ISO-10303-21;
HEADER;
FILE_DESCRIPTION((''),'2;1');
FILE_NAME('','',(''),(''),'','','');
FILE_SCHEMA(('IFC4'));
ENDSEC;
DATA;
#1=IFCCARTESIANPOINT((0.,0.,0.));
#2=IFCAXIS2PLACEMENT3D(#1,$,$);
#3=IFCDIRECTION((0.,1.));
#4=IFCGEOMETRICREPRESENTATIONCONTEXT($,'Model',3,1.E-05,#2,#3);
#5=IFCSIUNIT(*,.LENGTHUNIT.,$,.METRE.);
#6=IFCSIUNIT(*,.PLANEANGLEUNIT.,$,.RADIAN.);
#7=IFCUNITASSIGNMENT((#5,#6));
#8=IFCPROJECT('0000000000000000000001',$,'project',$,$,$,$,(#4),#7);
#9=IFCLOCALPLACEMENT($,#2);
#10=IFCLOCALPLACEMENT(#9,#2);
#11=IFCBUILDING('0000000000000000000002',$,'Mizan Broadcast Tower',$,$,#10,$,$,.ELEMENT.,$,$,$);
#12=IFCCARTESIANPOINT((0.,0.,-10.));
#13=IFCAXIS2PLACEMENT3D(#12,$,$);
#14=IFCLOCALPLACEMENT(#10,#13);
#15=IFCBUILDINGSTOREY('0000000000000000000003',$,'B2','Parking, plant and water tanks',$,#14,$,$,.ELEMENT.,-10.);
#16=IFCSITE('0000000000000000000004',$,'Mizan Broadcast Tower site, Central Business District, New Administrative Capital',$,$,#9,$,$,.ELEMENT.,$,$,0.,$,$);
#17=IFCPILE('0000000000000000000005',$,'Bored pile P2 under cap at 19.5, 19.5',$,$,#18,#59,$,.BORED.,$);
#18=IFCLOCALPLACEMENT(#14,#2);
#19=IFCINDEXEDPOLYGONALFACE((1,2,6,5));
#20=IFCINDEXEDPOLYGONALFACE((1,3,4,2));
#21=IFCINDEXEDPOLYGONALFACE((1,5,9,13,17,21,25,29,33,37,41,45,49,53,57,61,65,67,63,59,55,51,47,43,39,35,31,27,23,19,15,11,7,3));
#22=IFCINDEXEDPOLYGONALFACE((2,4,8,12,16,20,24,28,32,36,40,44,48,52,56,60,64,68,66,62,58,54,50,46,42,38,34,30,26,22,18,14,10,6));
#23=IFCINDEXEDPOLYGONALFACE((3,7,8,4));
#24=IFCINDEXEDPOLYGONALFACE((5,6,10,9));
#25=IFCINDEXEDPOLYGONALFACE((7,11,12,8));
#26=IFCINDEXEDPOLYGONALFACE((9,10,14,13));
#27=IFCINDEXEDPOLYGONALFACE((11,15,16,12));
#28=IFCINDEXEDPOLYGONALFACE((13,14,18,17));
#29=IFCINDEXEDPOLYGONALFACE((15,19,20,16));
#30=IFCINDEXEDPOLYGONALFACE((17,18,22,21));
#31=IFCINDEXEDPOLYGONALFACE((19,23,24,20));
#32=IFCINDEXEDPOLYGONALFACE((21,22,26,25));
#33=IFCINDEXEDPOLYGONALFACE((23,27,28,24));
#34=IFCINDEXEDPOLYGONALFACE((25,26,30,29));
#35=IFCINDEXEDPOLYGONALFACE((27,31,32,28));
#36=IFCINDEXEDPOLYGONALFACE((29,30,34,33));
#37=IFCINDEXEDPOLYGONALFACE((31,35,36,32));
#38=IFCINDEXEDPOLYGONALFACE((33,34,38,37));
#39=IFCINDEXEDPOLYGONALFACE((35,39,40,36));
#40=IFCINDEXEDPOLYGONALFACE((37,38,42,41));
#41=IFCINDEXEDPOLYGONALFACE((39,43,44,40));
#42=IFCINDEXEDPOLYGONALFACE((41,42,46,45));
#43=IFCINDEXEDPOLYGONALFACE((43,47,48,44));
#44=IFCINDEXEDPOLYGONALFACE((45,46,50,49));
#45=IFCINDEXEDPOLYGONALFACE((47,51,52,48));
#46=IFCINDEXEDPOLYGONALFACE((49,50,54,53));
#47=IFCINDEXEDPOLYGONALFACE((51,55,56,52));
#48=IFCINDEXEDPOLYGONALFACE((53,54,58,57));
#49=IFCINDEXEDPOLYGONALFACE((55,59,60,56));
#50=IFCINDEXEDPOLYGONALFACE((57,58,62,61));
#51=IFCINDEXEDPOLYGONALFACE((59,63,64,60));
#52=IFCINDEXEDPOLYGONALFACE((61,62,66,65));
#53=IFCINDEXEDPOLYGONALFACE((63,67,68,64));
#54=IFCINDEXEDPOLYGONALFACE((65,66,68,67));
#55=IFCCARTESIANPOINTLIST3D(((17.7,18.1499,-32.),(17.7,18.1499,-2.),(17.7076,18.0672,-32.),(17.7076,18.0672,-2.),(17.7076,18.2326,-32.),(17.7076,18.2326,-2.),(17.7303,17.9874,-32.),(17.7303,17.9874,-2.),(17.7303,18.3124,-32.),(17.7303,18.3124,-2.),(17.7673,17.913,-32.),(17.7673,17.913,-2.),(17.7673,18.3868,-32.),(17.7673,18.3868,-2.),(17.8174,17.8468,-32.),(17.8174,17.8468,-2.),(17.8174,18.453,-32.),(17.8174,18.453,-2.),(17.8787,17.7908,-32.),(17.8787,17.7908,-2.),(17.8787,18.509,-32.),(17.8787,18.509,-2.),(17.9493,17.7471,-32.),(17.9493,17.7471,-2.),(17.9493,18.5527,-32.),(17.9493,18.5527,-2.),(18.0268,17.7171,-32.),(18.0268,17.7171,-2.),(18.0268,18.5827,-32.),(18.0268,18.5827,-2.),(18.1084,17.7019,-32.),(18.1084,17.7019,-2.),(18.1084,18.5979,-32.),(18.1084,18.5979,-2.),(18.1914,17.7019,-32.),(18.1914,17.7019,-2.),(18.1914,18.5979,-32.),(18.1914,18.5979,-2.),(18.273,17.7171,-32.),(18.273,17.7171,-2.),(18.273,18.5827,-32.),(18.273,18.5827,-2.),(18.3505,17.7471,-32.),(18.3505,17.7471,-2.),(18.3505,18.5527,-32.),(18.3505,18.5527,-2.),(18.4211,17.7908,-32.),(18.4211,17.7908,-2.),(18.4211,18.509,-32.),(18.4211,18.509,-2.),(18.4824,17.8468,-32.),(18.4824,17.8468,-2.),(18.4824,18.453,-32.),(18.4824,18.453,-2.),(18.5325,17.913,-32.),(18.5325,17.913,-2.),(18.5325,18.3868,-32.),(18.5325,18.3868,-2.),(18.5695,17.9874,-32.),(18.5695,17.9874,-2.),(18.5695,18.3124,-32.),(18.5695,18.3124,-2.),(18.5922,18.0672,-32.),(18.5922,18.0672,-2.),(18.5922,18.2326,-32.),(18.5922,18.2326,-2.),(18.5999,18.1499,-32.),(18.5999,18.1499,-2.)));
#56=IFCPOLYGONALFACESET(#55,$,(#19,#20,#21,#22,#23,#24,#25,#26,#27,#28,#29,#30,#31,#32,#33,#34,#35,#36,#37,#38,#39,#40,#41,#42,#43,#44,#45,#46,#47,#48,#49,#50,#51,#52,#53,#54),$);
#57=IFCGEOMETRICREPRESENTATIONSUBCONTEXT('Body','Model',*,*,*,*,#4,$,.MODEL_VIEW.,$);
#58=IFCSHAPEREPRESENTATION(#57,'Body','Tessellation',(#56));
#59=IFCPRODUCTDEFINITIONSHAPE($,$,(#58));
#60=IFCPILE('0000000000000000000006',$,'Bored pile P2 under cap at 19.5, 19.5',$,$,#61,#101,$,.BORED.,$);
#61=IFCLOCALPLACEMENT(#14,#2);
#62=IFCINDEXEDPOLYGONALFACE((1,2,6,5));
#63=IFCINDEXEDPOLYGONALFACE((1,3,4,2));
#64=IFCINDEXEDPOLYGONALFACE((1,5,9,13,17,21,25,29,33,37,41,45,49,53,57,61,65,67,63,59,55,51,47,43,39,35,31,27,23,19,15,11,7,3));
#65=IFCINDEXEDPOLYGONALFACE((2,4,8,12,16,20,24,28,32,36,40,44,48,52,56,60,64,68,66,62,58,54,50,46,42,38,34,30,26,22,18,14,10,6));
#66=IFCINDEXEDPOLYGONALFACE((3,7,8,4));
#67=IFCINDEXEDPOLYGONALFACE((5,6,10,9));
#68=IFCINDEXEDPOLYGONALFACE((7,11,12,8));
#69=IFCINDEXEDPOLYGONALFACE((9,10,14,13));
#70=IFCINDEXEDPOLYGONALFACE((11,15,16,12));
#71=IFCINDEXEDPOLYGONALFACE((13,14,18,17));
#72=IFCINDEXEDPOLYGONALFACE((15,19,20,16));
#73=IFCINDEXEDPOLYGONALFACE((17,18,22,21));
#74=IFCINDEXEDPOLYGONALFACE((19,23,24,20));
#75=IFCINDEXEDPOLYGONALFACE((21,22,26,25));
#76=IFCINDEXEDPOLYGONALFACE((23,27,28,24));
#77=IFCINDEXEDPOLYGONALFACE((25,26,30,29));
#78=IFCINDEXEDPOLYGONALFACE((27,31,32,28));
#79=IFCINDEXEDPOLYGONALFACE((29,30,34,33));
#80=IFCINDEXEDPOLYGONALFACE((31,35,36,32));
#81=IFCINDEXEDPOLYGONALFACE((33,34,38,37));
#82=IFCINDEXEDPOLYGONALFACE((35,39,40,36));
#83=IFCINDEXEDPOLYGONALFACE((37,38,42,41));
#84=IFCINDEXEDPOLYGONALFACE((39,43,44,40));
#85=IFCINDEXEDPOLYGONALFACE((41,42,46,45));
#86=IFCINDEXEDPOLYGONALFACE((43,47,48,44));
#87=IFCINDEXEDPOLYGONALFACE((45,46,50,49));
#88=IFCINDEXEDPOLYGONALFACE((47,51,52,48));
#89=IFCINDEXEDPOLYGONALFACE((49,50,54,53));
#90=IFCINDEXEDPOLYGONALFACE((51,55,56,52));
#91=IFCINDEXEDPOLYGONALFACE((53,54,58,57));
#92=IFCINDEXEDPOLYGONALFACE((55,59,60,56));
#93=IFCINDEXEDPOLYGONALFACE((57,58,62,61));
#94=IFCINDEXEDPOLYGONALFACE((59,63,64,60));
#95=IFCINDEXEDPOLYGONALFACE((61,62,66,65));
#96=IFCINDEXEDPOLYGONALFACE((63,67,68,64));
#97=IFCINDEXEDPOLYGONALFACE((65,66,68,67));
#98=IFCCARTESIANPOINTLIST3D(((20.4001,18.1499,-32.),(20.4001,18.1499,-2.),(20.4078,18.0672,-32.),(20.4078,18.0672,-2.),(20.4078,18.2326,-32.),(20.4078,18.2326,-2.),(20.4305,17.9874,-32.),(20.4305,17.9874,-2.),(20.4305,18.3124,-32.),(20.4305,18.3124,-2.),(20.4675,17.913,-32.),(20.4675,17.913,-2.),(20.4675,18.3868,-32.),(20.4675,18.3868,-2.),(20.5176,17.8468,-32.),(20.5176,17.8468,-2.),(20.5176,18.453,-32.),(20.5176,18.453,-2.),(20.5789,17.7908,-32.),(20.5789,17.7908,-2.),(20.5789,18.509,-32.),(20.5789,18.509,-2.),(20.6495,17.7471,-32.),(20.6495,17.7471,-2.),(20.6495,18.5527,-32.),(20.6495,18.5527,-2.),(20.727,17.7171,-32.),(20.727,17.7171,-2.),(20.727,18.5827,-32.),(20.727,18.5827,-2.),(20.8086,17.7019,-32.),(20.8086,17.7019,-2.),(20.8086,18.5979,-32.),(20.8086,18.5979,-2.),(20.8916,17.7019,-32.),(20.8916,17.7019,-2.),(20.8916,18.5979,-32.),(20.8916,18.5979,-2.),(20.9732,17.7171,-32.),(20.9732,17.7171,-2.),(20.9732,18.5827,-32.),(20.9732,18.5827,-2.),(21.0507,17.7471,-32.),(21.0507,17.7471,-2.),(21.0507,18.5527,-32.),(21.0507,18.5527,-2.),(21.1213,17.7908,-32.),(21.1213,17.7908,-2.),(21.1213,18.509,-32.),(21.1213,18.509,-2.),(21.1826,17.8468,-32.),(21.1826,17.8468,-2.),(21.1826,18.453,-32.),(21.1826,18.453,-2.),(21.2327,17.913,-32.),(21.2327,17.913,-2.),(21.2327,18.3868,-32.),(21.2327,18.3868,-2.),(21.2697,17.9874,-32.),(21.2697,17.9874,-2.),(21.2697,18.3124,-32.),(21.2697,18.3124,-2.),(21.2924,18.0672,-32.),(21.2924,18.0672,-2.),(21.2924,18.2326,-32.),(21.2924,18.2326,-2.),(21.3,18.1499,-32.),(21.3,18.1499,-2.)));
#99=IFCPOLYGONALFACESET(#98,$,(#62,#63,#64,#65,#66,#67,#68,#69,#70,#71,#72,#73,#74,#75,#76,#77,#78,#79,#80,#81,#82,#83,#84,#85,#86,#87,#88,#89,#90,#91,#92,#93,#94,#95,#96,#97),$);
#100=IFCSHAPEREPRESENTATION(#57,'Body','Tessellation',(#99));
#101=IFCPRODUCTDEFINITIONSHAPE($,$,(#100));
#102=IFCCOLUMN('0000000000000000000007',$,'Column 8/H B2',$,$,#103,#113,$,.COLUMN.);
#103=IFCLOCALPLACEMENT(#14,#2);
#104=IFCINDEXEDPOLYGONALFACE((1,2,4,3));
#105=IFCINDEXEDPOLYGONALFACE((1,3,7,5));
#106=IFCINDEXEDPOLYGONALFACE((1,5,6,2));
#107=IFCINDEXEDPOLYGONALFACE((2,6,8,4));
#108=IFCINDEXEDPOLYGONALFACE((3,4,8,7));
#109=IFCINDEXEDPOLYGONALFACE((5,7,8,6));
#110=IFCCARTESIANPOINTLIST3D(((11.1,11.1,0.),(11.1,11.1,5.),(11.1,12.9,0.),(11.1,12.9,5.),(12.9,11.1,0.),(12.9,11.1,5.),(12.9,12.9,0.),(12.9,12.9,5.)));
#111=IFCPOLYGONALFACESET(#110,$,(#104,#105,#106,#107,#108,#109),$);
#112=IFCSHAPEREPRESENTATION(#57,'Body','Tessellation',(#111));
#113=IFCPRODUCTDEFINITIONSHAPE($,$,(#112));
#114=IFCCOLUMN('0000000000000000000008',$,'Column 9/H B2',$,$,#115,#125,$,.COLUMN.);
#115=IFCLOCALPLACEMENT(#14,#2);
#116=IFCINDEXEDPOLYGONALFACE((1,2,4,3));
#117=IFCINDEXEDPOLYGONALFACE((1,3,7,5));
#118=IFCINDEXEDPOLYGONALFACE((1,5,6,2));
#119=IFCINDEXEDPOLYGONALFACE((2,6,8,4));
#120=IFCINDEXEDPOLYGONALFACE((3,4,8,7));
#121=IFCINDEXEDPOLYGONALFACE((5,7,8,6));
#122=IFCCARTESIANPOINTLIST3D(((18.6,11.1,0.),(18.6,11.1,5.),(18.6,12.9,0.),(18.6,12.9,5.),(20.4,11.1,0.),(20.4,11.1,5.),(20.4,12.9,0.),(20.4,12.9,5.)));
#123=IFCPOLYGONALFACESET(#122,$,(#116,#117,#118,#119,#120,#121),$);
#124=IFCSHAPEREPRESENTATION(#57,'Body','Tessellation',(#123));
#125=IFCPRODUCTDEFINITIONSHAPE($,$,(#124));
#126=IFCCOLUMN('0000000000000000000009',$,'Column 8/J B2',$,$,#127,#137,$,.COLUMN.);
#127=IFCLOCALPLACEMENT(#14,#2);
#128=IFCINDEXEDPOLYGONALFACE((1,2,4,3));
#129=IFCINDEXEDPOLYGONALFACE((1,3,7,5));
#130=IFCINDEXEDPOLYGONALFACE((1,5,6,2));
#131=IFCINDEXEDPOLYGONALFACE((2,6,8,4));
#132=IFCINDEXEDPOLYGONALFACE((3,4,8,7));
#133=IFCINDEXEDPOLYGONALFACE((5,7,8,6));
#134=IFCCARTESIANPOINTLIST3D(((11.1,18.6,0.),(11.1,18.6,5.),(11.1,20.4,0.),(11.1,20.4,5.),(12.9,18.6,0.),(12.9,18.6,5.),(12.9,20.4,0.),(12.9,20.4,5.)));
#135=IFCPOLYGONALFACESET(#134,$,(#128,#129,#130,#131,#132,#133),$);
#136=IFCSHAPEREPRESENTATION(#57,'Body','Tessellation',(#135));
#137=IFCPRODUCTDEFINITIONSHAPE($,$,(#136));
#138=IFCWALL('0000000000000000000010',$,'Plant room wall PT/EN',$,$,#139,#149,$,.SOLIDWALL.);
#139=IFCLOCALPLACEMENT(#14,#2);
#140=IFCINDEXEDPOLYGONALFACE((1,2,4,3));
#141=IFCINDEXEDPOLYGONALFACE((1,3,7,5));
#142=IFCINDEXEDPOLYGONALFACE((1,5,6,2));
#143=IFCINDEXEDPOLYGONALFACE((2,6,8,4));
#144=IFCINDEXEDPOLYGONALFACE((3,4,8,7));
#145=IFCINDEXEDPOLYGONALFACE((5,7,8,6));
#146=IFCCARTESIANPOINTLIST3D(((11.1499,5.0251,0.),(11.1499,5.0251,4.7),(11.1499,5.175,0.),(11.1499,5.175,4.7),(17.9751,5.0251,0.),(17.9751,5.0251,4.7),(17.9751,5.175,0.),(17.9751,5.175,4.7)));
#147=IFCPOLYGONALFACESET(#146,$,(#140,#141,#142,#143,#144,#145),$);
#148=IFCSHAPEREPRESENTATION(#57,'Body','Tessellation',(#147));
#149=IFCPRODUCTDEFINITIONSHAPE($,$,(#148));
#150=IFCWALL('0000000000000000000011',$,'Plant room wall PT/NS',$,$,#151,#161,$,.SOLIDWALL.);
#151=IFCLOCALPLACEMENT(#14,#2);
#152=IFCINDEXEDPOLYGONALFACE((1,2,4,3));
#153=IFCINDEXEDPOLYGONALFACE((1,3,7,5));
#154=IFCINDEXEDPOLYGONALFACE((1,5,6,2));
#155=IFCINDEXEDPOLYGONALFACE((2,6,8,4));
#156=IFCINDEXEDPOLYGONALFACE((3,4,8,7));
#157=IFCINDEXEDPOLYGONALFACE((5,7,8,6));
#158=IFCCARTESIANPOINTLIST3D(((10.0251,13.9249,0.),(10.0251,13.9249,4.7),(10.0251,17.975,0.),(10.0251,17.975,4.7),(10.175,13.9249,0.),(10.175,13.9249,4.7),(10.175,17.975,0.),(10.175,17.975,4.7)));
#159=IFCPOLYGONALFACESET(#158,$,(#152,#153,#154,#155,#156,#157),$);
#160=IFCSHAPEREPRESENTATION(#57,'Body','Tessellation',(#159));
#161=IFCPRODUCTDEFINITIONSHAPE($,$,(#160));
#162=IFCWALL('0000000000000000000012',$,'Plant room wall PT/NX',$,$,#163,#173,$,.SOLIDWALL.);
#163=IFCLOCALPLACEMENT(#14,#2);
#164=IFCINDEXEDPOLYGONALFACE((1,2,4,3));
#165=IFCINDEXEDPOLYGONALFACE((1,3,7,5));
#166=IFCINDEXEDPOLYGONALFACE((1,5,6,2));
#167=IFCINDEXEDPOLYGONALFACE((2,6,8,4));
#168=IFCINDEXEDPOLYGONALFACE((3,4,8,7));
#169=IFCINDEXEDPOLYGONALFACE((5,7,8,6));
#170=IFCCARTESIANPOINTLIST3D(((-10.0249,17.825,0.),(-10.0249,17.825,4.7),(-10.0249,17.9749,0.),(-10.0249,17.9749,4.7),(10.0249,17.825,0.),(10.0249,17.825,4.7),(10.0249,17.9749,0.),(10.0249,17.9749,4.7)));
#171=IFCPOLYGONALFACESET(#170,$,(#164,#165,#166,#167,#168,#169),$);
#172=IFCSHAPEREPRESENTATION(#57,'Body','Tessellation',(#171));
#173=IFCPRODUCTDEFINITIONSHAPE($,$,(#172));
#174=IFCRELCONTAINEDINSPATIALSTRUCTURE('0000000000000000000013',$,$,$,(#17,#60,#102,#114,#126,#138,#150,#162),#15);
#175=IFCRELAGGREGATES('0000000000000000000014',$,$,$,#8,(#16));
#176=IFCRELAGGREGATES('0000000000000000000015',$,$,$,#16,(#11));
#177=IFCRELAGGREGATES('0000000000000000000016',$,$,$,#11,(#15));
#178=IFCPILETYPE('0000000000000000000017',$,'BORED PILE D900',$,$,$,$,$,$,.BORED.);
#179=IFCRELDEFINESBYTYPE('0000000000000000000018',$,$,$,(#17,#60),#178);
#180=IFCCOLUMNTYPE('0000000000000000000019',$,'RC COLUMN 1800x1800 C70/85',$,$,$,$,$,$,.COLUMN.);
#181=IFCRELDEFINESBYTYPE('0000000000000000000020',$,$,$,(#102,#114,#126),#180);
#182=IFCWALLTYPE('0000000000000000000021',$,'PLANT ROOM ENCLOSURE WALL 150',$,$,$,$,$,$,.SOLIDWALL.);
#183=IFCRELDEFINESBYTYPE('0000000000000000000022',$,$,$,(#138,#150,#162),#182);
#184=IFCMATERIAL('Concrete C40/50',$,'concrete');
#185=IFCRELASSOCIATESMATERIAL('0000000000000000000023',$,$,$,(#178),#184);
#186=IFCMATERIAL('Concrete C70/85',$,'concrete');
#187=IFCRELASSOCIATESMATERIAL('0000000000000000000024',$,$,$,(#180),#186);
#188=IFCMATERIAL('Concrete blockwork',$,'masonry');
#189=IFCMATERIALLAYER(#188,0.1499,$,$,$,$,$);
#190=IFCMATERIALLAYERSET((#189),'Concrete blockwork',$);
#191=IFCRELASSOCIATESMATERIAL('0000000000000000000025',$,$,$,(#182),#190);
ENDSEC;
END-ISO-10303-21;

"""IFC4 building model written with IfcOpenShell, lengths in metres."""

from ifc_helpers import new_model, si_unit, direction, frame, frame_2d, origin, origin_2d, place, context, subcontext, project, spatial, rectangle, circle, extrude, material, layer, layer_set, material_profile, profile_set, type_object, element, save


model = new_model("IFC4")

# Units and contexts
model_context = context("Model", 3, precision=1e-05, world=origin(), true_north=direction((0.0, 1.0)))
body_context = subcontext(model_context, "Body", "Model", "MODEL_VIEW")
ifc_project = project(units=[si_unit("LENGTHUNIT", "METRE"), si_unit("PLANEANGLEUNIT", "RADIAN")], contexts=[model_context])

# Site, building, storey
site_placement = place(None, origin())
site = spatial("IfcSite", under=ifc_project, at=site_placement, Name="Mizan Broadcast Tower site, Central Business District, New Administrative Capital", CompositionType="ELEMENT", RefElevation=0.0)
building_placement = place(site_placement, origin())
building = spatial("IfcBuilding", under=site, at=building_placement, Name="Mizan Broadcast Tower", CompositionType="ELEMENT")
storey_placement = place(building_placement, frame((0.0, 0.0, -10.0)))
storey = spatial("IfcBuildingStorey", under=building, at=storey_placement, Name="B2", Description="Parking, plant and water tanks", CompositionType="ELEMENT", Elevation=-10.0)

# Piles
ifc_material_1 = material(Name="Concrete C40/50", Category="concrete")
ifc_material_profile_1 = material_profile(ifc_material_1, circle(Radius=0.45, at=origin_2d()), Name="D900")
ifc_profile_set_1 = profile_set([ifc_material_profile_1], Name="Concrete C40/50")
pile_type_1 = type_object("IfcPileType", Name="BORED PILE D900", PredefinedType="BORED", material=ifc_profile_set_1)
for number, where, z_axis, x_axis, name in (
    (1, (18.1499, 18.1499, -2.0), (0.0, 0.0, -1.0), (1.0, 0.0, 0.0), "Bored pile P2 under cap at 19.5, 19.5"),
    (2, (20.8501, 18.1499, -2.0), (0.0, 0.0, -1.0), (1.0, 0.0, 0.0), "Bored pile P2 under cap at 19.5, 19.5"),
):
    element("IfcPile", number, at=place(storey_placement, frame(where, z_axis=z_axis, x_axis=x_axis)), inside=storey, type_object=pile_type_1, Name=name, PredefinedType="BORED", context=body_context, shape_type="SweptSolid", body=[
        extrude(circle(Radius=0.45, at=origin_2d()), origin(), (0.0, 0.0, 1.0), 30.0),
    ])

# Columns
ifc_material_2 = material(Name="Concrete C70/85", Category="concrete")
ifc_material_profile_2 = material_profile(ifc_material_2, rectangle(XDim=1.8, YDim=1.8, at=origin_2d()), Name="RC 1800x1800")
ifc_profile_set_2 = profile_set([ifc_material_profile_2], Name="Concrete C70/85")
column_type = type_object("IfcColumnType", Name="RC COLUMN 1800x1800 C70/85", PredefinedType="COLUMN", material=ifc_profile_set_2)
for number, where, z_axis, x_axis, name in (
    (3, (12.0, 12.0, 0.0), (0.0, 0.0, 1.0), (1.0, 0.0, 0.0), "Column 8/H B2"),
    (4, (19.5, 12.0, 0.0), (0.0, 0.0, 1.0), (1.0, 0.0, 0.0), "Column 9/H B2"),
    (5, (12.0, 19.5, 0.0), (0.0, 0.0, 1.0), (1.0, 0.0, 0.0), "Column 8/J B2"),
):
    element("IfcColumn", number, at=place(storey_placement, frame(where, z_axis=z_axis, x_axis=x_axis)), inside=storey, type_object=column_type, Name=name, PredefinedType="COLUMN", context=body_context, shape_type="SweptSolid", body=[
        extrude(rectangle(XDim=1.8, YDim=1.8, at=origin_2d()), origin(), (0.0, 0.0, 1.0), 5.0),
    ])

# Walls
ifc_material_3 = material(Name="Concrete blockwork", Category="masonry")
ifc_layer_1 = layer(ifc_material_3, 0.1499)
ifc_layer_set_1 = layer_set([ifc_layer_1], Name="Concrete blockwork")
wall_type_1 = type_object("IfcWallType", Name="PLANT ROOM ENCLOSURE WALL 150", PredefinedType="SOLIDWALL", material=ifc_layer_set_1)
wall_1_placement = place(storey_placement, frame((11.1499, 5.1001, 0.0), z_axis=(0.0, 0.0, 1.0), x_axis=(1.0, 0.0, 0.0)))
element("IfcWall", 6, at=wall_1_placement, inside=storey, type_object=wall_type_1, Name="Plant room wall PT/EN", PredefinedType="SOLIDWALL", context=body_context, shape_type="SweptSolid", body=[
    extrude(rectangle(XDim=6.8252, YDim=0.1499, at=frame_2d((3.4126, 0.0))), origin(), (0.0, 0.0, 1.0), 4.7),
])
wall_2_placement = place(storey_placement, frame((10.1001, 13.925, 0.0), z_axis=(0.0, 0.0, 1.0), x_axis=(0.0, 1.0, 0.0)))
element("IfcWall", 7, at=wall_2_placement, inside=storey, type_object=wall_type_1, Name="Plant room wall PT/NS", PredefinedType="SOLIDWALL", context=body_context, shape_type="SweptSolid", body=[
    extrude(rectangle(XDim=4.05, YDim=0.1499, at=frame_2d((2.0249, 0.0))), origin(), (0.0, 0.0, 1.0), 4.7),
])
wall_3_placement = place(storey_placement, frame((10.0249, 17.8999, 0.0), z_axis=(0.0, 0.0, 1.0), x_axis=(-1.0, 0.0, 0.0)))
element("IfcWall", 8, at=wall_3_placement, inside=storey, type_object=wall_type_1, Name="Plant room wall PT/NX", PredefinedType="SOLIDWALL", context=body_context, shape_type="SweptSolid", body=[
    extrude(rectangle(XDim=20.0498, YDim=0.1499, at=frame_2d((10.0249, 0.0))), origin(), (0.0, 0.0, 1.0), 4.7),
])

save(model, "model.ifc")
